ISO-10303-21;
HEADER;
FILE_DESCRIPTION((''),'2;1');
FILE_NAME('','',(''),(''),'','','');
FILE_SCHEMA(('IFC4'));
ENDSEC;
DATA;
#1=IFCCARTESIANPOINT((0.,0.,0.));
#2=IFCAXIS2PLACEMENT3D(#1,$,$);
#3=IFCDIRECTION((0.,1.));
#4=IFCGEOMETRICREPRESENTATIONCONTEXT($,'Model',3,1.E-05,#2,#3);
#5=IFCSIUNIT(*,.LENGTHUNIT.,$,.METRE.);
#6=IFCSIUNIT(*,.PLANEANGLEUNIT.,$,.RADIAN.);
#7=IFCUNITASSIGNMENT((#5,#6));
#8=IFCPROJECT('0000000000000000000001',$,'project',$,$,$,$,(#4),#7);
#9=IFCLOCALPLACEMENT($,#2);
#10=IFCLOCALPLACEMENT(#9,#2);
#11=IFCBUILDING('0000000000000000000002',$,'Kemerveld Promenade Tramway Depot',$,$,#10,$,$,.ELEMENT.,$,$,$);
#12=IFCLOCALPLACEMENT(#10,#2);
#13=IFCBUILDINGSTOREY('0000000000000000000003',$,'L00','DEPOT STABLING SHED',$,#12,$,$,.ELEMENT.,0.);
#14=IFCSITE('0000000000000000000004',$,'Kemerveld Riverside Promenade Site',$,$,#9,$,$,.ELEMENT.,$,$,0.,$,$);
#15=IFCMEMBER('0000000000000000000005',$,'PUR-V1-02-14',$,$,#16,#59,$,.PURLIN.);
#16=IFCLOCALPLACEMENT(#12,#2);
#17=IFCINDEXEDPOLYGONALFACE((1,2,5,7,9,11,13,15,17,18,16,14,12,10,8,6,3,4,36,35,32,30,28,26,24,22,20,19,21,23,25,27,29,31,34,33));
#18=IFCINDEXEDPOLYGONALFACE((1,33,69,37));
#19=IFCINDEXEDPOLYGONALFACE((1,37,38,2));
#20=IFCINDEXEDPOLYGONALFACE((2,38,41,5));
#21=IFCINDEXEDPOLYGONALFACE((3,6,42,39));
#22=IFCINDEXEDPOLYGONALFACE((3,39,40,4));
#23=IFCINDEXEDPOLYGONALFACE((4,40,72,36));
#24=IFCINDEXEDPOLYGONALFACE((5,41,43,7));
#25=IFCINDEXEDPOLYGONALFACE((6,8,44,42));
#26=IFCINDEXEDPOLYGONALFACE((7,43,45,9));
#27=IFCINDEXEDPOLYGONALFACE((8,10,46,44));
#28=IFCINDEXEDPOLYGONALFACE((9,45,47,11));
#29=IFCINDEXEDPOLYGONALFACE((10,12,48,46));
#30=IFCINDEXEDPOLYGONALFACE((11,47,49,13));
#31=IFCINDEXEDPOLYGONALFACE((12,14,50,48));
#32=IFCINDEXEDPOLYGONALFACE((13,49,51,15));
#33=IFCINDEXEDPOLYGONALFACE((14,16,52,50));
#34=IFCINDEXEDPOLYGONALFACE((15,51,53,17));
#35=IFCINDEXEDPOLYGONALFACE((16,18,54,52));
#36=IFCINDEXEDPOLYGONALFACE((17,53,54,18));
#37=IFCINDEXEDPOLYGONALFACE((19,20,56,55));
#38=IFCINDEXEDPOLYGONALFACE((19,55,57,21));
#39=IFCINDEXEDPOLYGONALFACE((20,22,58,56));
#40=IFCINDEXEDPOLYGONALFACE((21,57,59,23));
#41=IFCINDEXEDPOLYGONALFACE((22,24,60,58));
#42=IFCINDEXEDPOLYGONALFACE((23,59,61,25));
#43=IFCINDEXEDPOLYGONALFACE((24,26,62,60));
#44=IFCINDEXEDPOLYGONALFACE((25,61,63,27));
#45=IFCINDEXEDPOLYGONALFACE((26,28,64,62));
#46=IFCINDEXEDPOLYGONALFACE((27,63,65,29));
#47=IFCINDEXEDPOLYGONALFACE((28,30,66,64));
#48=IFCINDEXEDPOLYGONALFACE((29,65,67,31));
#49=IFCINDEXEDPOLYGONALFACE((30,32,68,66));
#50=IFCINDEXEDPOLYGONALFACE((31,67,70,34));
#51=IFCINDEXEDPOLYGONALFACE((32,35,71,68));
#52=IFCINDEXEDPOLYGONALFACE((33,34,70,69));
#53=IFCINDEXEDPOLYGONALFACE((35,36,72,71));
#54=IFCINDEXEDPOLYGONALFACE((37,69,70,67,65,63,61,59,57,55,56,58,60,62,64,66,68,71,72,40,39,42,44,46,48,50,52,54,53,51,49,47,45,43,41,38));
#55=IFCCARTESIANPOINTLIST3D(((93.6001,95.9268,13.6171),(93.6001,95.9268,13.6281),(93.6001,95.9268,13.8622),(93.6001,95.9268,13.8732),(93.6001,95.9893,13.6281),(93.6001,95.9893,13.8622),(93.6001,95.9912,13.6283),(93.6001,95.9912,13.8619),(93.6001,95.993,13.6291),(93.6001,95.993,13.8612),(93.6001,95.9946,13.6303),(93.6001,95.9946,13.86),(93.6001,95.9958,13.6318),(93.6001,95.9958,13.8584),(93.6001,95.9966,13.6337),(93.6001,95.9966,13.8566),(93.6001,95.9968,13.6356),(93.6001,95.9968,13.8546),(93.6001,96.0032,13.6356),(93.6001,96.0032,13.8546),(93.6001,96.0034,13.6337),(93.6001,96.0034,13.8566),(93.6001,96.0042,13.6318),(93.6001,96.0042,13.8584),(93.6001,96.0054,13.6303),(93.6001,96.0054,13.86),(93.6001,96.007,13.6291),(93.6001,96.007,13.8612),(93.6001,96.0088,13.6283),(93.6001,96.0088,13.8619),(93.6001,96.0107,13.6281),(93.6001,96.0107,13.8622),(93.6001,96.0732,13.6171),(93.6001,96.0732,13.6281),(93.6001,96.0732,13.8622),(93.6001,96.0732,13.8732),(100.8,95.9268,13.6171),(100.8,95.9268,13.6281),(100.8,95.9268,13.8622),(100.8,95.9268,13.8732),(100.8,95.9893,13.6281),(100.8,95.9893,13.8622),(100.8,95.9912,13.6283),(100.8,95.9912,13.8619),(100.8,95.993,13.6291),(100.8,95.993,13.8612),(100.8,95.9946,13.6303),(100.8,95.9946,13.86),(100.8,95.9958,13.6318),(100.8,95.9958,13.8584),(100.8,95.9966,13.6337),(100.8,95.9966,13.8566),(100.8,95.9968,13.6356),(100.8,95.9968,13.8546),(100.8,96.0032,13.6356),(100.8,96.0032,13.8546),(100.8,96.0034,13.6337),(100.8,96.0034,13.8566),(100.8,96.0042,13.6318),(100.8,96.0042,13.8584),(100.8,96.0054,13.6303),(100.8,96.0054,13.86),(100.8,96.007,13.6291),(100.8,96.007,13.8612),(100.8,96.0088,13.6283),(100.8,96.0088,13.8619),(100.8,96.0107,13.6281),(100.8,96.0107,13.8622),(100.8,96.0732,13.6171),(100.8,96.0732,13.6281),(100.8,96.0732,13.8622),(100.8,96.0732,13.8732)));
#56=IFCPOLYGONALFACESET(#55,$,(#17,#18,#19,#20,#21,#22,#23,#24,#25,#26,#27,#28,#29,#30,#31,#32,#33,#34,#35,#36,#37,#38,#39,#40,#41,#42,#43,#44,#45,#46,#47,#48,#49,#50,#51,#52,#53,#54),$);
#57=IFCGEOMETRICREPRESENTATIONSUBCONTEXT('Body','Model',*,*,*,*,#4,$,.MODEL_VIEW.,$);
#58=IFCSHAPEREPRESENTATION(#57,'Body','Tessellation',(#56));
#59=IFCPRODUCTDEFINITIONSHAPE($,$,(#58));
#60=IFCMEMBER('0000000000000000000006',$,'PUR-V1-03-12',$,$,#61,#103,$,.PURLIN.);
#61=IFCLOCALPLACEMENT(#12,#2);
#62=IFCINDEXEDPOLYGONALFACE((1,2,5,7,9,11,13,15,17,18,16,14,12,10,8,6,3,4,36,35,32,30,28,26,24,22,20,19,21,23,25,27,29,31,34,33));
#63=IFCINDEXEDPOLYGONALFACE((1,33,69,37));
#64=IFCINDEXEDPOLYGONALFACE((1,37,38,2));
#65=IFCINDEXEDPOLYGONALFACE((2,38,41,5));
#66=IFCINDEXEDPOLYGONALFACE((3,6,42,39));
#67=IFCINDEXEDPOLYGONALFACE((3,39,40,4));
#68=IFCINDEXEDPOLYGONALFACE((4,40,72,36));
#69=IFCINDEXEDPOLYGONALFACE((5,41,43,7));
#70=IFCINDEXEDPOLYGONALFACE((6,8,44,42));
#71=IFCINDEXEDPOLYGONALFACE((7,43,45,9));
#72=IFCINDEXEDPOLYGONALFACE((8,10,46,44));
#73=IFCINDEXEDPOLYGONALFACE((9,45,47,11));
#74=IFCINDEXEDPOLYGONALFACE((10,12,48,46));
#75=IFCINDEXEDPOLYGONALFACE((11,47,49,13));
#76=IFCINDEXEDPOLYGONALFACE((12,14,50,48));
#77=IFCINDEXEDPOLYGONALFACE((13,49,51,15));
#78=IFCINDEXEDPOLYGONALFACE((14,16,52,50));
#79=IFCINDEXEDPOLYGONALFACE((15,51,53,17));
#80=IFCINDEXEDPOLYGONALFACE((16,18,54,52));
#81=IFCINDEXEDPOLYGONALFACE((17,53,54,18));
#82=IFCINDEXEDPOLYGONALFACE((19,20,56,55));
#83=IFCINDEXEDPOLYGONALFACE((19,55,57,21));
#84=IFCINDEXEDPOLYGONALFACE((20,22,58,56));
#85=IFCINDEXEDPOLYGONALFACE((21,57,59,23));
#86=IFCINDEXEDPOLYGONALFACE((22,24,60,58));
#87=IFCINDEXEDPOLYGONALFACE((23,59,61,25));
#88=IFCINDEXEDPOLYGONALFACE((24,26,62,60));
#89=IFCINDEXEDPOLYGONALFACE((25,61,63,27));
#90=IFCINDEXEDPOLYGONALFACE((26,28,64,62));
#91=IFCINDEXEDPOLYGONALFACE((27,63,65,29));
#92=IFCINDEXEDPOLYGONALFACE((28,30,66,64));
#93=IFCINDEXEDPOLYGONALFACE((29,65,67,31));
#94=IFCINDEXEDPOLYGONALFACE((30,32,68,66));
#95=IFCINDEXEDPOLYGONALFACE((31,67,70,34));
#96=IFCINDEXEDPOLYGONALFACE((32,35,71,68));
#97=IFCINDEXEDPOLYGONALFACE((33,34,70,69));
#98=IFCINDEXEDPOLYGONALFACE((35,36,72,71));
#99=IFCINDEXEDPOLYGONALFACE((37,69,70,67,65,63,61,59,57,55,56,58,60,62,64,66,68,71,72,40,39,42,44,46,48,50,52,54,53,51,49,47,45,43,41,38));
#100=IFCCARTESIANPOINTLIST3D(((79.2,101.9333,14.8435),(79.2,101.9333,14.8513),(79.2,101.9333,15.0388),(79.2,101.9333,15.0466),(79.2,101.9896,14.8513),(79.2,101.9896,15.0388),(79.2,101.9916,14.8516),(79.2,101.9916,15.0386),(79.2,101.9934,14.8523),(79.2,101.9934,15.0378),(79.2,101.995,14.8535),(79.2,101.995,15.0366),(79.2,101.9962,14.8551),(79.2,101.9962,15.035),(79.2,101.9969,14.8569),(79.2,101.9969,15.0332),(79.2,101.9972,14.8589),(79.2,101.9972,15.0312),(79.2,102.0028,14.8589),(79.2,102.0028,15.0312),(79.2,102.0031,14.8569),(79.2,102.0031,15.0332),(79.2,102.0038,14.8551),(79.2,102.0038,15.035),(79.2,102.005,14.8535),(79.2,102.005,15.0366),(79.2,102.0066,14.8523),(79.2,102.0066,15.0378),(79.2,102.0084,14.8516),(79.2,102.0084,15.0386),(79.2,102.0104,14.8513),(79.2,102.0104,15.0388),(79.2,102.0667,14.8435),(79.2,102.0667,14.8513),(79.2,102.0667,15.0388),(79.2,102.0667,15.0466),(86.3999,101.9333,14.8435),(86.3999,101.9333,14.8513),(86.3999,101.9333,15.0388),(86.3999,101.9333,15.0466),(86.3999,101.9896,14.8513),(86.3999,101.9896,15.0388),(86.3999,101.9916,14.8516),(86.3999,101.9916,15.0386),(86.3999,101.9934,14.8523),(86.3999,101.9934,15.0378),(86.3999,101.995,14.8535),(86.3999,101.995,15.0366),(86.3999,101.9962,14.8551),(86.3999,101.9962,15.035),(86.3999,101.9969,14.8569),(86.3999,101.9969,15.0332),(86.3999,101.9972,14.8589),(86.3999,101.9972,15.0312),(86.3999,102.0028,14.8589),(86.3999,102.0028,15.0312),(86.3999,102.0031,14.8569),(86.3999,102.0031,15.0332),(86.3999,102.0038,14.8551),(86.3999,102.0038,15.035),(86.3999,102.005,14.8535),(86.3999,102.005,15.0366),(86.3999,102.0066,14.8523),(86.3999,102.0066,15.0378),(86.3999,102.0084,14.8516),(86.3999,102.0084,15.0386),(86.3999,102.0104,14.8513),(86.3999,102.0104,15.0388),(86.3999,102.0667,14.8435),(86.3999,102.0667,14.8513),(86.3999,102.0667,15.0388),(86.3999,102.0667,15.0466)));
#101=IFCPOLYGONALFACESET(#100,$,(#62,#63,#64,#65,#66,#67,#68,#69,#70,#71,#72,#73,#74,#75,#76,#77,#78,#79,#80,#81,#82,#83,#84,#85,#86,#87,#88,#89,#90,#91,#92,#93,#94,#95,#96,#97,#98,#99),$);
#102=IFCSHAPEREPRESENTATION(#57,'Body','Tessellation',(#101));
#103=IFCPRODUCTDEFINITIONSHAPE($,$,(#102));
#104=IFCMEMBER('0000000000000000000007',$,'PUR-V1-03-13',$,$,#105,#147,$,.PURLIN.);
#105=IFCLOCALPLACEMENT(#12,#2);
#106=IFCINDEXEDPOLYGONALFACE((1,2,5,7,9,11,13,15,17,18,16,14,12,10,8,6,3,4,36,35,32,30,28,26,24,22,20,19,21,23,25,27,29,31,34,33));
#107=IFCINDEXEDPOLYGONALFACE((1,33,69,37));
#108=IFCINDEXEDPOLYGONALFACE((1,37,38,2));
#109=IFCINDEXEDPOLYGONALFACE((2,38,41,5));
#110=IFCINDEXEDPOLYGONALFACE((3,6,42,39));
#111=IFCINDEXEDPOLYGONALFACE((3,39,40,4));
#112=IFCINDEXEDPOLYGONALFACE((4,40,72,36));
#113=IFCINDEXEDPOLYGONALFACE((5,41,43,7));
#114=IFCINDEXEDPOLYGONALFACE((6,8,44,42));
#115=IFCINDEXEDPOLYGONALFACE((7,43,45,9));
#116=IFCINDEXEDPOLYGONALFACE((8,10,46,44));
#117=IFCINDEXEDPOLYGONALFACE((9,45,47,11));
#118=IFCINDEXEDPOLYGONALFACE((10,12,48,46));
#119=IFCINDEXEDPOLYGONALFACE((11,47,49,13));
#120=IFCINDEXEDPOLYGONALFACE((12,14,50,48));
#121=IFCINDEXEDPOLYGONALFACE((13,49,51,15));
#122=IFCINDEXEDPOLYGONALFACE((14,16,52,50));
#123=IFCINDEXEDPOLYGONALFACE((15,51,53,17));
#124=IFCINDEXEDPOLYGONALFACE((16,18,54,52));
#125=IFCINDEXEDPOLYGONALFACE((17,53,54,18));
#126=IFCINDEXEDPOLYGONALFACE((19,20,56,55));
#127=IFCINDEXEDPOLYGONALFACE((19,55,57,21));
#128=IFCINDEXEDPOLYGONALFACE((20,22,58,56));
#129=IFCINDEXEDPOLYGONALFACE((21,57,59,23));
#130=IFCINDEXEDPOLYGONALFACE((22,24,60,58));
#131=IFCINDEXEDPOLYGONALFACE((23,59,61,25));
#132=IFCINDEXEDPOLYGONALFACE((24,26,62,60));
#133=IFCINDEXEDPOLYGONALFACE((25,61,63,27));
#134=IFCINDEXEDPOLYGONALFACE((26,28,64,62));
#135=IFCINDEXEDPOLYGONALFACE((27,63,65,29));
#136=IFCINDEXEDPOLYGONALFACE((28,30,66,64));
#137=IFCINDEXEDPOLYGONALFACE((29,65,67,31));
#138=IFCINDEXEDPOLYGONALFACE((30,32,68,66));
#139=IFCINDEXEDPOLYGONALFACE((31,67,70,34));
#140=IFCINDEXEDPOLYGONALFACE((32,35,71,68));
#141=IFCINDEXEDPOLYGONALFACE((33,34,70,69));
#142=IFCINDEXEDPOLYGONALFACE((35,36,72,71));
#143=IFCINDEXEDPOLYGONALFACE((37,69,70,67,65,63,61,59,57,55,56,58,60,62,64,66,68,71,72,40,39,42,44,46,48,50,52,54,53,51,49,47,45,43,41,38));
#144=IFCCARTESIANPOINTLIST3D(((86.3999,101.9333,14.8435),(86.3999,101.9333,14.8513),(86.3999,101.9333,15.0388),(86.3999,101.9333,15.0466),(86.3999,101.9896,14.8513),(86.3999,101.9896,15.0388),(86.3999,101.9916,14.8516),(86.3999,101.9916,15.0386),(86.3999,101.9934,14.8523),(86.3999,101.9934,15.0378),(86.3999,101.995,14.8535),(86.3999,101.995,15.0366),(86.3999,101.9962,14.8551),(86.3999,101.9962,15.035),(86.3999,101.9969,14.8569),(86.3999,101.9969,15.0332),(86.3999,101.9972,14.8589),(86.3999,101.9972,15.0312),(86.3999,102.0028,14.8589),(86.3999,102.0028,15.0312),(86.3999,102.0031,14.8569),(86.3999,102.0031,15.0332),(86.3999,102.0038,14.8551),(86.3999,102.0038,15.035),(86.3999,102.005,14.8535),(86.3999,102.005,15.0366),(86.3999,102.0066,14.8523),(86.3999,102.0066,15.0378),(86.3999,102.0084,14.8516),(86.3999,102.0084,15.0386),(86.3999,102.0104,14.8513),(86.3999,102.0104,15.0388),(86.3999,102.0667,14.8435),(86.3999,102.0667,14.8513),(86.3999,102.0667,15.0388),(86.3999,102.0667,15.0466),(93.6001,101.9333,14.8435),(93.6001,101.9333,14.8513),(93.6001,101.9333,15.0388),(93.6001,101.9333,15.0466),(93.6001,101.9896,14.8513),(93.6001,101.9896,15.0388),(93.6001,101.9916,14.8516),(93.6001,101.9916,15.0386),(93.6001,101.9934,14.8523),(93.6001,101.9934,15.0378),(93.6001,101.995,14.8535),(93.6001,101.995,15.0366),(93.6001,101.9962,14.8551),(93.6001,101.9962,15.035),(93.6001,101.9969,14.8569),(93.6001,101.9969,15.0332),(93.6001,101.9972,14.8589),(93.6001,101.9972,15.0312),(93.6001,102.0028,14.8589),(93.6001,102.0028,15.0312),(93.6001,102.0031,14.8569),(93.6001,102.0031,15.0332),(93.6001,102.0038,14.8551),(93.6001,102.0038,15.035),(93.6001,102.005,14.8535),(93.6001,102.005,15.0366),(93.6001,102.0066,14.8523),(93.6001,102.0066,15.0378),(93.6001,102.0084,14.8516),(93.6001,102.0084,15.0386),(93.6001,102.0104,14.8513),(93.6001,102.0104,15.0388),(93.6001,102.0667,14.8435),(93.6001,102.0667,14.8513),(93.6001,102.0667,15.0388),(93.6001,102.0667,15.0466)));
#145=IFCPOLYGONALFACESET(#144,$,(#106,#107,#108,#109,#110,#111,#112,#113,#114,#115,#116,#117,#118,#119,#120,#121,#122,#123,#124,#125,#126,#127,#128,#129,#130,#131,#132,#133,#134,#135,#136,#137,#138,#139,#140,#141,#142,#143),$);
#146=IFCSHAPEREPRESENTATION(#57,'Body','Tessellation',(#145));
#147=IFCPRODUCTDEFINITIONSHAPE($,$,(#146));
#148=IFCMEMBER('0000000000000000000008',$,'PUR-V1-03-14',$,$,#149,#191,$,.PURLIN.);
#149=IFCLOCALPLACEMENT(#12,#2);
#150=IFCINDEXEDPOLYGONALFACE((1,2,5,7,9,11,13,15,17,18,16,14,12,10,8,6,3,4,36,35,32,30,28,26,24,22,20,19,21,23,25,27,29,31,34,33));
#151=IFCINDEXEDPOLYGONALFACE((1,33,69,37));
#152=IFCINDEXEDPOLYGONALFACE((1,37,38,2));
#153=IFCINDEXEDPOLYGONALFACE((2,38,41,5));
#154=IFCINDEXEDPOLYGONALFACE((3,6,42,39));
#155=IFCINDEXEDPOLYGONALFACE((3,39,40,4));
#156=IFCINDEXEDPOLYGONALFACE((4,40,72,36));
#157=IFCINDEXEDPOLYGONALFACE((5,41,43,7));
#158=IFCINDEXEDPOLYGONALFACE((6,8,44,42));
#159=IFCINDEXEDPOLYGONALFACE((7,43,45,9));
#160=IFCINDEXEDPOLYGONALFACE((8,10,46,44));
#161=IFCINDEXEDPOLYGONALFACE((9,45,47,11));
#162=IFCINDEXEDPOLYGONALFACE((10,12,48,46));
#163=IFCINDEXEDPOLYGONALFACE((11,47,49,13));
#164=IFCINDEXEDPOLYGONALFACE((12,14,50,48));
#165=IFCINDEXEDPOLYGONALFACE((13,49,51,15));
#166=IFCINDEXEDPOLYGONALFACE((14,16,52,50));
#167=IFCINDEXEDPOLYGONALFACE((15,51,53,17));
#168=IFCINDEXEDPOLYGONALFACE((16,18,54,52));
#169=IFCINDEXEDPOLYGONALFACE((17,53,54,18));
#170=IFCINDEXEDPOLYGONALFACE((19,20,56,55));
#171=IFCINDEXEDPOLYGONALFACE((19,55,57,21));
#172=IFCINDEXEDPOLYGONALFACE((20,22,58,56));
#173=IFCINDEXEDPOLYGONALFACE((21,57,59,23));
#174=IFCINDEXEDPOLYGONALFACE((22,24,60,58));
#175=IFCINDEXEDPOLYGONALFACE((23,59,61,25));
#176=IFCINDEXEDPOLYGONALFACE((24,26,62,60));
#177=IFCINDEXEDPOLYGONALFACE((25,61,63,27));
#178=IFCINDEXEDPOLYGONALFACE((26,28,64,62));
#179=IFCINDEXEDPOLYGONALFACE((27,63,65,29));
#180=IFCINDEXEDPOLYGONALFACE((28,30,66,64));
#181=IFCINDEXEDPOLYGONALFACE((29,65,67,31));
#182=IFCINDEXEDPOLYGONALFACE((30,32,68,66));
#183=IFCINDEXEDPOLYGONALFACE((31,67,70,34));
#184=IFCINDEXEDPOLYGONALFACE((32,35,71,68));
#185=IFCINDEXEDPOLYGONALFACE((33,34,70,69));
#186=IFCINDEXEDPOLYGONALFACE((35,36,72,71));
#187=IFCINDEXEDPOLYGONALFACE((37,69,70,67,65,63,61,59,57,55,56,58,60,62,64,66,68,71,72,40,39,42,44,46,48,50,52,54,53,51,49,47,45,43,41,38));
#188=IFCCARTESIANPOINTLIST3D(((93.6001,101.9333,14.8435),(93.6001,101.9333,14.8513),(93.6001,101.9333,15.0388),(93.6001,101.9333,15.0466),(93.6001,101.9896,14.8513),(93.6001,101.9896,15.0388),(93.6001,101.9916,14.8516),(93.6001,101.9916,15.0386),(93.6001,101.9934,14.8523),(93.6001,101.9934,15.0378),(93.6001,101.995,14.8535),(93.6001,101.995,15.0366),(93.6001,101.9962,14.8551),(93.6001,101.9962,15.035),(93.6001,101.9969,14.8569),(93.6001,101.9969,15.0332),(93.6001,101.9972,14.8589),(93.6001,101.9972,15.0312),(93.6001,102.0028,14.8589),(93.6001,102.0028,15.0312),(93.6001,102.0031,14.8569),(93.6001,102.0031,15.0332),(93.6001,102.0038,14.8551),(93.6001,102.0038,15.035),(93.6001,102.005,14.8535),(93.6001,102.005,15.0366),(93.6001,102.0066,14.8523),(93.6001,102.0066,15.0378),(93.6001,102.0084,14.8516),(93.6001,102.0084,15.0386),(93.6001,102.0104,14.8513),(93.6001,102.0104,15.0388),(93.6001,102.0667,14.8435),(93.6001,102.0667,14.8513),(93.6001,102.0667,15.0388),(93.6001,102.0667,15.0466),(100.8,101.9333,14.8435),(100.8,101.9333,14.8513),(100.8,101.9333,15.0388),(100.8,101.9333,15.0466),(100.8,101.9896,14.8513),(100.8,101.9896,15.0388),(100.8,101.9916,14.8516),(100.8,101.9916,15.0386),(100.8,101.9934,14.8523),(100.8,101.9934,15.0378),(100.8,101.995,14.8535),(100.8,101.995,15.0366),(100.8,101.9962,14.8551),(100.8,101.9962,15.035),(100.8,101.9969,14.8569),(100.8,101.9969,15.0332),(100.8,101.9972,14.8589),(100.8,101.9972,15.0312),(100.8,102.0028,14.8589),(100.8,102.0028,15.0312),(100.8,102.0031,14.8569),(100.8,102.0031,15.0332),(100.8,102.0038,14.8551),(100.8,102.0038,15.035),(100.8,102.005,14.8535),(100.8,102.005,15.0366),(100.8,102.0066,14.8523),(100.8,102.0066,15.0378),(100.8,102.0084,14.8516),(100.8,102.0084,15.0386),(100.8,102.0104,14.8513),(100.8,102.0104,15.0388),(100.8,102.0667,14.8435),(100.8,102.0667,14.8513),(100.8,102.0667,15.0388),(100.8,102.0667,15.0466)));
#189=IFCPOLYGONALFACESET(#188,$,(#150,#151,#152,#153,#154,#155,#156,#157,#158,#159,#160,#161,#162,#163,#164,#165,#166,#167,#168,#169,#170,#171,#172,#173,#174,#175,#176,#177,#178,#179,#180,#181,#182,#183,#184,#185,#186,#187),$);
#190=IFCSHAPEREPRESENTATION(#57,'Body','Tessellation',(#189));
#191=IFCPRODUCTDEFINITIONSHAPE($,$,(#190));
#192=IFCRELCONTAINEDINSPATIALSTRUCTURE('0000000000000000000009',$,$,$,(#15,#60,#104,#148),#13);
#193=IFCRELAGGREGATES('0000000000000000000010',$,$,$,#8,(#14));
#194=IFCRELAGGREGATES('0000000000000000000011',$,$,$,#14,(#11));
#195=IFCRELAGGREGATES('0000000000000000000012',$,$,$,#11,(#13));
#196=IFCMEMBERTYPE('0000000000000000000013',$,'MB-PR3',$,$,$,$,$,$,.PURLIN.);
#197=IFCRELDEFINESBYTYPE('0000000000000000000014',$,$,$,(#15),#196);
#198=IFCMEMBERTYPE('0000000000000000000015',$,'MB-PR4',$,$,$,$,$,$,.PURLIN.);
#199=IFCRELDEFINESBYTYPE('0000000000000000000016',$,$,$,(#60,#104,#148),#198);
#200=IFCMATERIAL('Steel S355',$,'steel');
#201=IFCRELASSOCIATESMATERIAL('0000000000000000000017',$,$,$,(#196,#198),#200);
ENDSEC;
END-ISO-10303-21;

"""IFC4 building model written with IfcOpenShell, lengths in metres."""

from ifc_helpers import new_model, si_unit, direction, frame, origin, origin_2d, place, context, subcontext, project, spatial, i_section, extrude, material, material_profile, profile_set, type_object, element, save


model = new_model("IFC4")

# Units and contexts
model_context = context("Model", 3, precision=1e-05, world=origin(), true_north=direction((0.0, 1.0)))
body_context = subcontext(model_context, "Body", "Model", "MODEL_VIEW")
ifc_project = project(units=[si_unit("LENGTHUNIT", "METRE"), si_unit("PLANEANGLEUNIT", "RADIAN")], contexts=[model_context])

# Site, building, storey
site_placement = place(None, origin())
site = spatial("IfcSite", under=ifc_project, at=site_placement, Name="Kemerveld Riverside Promenade Site", CompositionType="ELEMENT", RefElevation=0.0)
building_placement = place(site_placement, origin())
building = spatial("IfcBuilding", under=site, at=building_placement, Name="Kemerveld Promenade Tramway Depot", CompositionType="ELEMENT")
storey_placement = place(building_placement, origin())
storey = spatial("IfcBuildingStorey", under=building, at=storey_placement, Name="L00", Description="DEPOT STABLING SHED", CompositionType="ELEMENT", Elevation=0.0)

# Members
ifc_material_1 = material(Name="Steel S355", Category="steel")
ifc_material_profile_1 = material_profile(ifc_material_1, i_section(OverallWidth=0.1465, OverallDepth=0.2561, WebThickness=0.0063, FlangeThickness=0.011, FilletRadius=0.0076, at=origin_2d()), Name="254x146x37 UB")
ifc_profile_set_1 = profile_set([ifc_material_profile_1], Name="Steel S355")
member_type_1 = type_object("IfcMemberType", Name="MB-PR3", PredefinedType="PURLIN", material=ifc_profile_set_1)
member_1_placement = place(storey_placement, frame((93.6001, 96.0, 13.7451), z_axis=(1.0, 0.0, 0.0), x_axis=(0.0, 1.0, 0.0)))
element("IfcMember", 1, at=member_1_placement, inside=storey, type_object=member_type_1, Name="PUR-V1-02-14", PredefinedType="PURLIN", context=body_context, shape_type="SweptSolid", body=[
    extrude(i_section(OverallWidth=0.1465, OverallDepth=0.2561, WebThickness=0.0063, FlangeThickness=0.011, FilletRadius=0.0076, at=origin_2d()), origin(), (0.0, 0.0, 1.0), 7.2),
])
ifc_material_profile_2 = material_profile(ifc_material_1, i_section(OverallWidth=0.1333, OverallDepth=0.2031, WebThickness=0.0056, FlangeThickness=0.0078, FilletRadius=0.0076, at=origin_2d()), Name="203x133x25 UB")
ifc_profile_set_2 = profile_set([ifc_material_profile_2], Name="Steel S355")
member_type_2 = type_object("IfcMemberType", Name="MB-PR4", PredefinedType="PURLIN", material=ifc_profile_set_2)
member_2_placement = place(storey_placement, frame((79.2, 102.0, 14.9451), z_axis=(1.0, 0.0, 0.0), x_axis=(0.0, 1.0, 0.0)))
element("IfcMember", 2, at=member_2_placement, inside=storey, type_object=member_type_2, Name="PUR-V1-03-12", PredefinedType="PURLIN", context=body_context, shape_type="SweptSolid", body=[
    extrude(i_section(OverallWidth=0.1333, OverallDepth=0.2031, WebThickness=0.0056, FlangeThickness=0.0078, FilletRadius=0.0076, at=origin_2d()), origin(), (0.0, 0.0, 1.0), 7.2),
])
member_3_placement = place(storey_placement, frame((86.3999, 102.0, 14.9451), z_axis=(1.0, 0.0, 0.0), x_axis=(0.0, 1.0, 0.0)))
element("IfcMember", 3, at=member_3_placement, inside=storey, type_object=member_type_2, Name="PUR-V1-03-13", PredefinedType="PURLIN", context=body_context, shape_type="SweptSolid", body=[
    extrude(i_section(OverallWidth=0.1333, OverallDepth=0.2031, WebThickness=0.0056, FlangeThickness=0.0078, FilletRadius=0.0076, at=origin_2d()), origin(), (0.0, 0.0, 1.0), 7.2002),
])
member_4_placement = place(storey_placement, frame((93.6001, 102.0, 14.9451), z_axis=(1.0, 0.0, 0.0), x_axis=(0.0, 1.0, 0.0)))
element("IfcMember", 4, at=member_4_placement, inside=storey, type_object=member_type_2, Name="PUR-V1-03-14", PredefinedType="PURLIN", context=body_context, shape_type="SweptSolid", body=[
    extrude(i_section(OverallWidth=0.1333, OverallDepth=0.2031, WebThickness=0.0056, FlangeThickness=0.0078, FilletRadius=0.0076, at=origin_2d()), origin(), (0.0, 0.0, 1.0), 7.2),
])

save(model, "model.ifc")
